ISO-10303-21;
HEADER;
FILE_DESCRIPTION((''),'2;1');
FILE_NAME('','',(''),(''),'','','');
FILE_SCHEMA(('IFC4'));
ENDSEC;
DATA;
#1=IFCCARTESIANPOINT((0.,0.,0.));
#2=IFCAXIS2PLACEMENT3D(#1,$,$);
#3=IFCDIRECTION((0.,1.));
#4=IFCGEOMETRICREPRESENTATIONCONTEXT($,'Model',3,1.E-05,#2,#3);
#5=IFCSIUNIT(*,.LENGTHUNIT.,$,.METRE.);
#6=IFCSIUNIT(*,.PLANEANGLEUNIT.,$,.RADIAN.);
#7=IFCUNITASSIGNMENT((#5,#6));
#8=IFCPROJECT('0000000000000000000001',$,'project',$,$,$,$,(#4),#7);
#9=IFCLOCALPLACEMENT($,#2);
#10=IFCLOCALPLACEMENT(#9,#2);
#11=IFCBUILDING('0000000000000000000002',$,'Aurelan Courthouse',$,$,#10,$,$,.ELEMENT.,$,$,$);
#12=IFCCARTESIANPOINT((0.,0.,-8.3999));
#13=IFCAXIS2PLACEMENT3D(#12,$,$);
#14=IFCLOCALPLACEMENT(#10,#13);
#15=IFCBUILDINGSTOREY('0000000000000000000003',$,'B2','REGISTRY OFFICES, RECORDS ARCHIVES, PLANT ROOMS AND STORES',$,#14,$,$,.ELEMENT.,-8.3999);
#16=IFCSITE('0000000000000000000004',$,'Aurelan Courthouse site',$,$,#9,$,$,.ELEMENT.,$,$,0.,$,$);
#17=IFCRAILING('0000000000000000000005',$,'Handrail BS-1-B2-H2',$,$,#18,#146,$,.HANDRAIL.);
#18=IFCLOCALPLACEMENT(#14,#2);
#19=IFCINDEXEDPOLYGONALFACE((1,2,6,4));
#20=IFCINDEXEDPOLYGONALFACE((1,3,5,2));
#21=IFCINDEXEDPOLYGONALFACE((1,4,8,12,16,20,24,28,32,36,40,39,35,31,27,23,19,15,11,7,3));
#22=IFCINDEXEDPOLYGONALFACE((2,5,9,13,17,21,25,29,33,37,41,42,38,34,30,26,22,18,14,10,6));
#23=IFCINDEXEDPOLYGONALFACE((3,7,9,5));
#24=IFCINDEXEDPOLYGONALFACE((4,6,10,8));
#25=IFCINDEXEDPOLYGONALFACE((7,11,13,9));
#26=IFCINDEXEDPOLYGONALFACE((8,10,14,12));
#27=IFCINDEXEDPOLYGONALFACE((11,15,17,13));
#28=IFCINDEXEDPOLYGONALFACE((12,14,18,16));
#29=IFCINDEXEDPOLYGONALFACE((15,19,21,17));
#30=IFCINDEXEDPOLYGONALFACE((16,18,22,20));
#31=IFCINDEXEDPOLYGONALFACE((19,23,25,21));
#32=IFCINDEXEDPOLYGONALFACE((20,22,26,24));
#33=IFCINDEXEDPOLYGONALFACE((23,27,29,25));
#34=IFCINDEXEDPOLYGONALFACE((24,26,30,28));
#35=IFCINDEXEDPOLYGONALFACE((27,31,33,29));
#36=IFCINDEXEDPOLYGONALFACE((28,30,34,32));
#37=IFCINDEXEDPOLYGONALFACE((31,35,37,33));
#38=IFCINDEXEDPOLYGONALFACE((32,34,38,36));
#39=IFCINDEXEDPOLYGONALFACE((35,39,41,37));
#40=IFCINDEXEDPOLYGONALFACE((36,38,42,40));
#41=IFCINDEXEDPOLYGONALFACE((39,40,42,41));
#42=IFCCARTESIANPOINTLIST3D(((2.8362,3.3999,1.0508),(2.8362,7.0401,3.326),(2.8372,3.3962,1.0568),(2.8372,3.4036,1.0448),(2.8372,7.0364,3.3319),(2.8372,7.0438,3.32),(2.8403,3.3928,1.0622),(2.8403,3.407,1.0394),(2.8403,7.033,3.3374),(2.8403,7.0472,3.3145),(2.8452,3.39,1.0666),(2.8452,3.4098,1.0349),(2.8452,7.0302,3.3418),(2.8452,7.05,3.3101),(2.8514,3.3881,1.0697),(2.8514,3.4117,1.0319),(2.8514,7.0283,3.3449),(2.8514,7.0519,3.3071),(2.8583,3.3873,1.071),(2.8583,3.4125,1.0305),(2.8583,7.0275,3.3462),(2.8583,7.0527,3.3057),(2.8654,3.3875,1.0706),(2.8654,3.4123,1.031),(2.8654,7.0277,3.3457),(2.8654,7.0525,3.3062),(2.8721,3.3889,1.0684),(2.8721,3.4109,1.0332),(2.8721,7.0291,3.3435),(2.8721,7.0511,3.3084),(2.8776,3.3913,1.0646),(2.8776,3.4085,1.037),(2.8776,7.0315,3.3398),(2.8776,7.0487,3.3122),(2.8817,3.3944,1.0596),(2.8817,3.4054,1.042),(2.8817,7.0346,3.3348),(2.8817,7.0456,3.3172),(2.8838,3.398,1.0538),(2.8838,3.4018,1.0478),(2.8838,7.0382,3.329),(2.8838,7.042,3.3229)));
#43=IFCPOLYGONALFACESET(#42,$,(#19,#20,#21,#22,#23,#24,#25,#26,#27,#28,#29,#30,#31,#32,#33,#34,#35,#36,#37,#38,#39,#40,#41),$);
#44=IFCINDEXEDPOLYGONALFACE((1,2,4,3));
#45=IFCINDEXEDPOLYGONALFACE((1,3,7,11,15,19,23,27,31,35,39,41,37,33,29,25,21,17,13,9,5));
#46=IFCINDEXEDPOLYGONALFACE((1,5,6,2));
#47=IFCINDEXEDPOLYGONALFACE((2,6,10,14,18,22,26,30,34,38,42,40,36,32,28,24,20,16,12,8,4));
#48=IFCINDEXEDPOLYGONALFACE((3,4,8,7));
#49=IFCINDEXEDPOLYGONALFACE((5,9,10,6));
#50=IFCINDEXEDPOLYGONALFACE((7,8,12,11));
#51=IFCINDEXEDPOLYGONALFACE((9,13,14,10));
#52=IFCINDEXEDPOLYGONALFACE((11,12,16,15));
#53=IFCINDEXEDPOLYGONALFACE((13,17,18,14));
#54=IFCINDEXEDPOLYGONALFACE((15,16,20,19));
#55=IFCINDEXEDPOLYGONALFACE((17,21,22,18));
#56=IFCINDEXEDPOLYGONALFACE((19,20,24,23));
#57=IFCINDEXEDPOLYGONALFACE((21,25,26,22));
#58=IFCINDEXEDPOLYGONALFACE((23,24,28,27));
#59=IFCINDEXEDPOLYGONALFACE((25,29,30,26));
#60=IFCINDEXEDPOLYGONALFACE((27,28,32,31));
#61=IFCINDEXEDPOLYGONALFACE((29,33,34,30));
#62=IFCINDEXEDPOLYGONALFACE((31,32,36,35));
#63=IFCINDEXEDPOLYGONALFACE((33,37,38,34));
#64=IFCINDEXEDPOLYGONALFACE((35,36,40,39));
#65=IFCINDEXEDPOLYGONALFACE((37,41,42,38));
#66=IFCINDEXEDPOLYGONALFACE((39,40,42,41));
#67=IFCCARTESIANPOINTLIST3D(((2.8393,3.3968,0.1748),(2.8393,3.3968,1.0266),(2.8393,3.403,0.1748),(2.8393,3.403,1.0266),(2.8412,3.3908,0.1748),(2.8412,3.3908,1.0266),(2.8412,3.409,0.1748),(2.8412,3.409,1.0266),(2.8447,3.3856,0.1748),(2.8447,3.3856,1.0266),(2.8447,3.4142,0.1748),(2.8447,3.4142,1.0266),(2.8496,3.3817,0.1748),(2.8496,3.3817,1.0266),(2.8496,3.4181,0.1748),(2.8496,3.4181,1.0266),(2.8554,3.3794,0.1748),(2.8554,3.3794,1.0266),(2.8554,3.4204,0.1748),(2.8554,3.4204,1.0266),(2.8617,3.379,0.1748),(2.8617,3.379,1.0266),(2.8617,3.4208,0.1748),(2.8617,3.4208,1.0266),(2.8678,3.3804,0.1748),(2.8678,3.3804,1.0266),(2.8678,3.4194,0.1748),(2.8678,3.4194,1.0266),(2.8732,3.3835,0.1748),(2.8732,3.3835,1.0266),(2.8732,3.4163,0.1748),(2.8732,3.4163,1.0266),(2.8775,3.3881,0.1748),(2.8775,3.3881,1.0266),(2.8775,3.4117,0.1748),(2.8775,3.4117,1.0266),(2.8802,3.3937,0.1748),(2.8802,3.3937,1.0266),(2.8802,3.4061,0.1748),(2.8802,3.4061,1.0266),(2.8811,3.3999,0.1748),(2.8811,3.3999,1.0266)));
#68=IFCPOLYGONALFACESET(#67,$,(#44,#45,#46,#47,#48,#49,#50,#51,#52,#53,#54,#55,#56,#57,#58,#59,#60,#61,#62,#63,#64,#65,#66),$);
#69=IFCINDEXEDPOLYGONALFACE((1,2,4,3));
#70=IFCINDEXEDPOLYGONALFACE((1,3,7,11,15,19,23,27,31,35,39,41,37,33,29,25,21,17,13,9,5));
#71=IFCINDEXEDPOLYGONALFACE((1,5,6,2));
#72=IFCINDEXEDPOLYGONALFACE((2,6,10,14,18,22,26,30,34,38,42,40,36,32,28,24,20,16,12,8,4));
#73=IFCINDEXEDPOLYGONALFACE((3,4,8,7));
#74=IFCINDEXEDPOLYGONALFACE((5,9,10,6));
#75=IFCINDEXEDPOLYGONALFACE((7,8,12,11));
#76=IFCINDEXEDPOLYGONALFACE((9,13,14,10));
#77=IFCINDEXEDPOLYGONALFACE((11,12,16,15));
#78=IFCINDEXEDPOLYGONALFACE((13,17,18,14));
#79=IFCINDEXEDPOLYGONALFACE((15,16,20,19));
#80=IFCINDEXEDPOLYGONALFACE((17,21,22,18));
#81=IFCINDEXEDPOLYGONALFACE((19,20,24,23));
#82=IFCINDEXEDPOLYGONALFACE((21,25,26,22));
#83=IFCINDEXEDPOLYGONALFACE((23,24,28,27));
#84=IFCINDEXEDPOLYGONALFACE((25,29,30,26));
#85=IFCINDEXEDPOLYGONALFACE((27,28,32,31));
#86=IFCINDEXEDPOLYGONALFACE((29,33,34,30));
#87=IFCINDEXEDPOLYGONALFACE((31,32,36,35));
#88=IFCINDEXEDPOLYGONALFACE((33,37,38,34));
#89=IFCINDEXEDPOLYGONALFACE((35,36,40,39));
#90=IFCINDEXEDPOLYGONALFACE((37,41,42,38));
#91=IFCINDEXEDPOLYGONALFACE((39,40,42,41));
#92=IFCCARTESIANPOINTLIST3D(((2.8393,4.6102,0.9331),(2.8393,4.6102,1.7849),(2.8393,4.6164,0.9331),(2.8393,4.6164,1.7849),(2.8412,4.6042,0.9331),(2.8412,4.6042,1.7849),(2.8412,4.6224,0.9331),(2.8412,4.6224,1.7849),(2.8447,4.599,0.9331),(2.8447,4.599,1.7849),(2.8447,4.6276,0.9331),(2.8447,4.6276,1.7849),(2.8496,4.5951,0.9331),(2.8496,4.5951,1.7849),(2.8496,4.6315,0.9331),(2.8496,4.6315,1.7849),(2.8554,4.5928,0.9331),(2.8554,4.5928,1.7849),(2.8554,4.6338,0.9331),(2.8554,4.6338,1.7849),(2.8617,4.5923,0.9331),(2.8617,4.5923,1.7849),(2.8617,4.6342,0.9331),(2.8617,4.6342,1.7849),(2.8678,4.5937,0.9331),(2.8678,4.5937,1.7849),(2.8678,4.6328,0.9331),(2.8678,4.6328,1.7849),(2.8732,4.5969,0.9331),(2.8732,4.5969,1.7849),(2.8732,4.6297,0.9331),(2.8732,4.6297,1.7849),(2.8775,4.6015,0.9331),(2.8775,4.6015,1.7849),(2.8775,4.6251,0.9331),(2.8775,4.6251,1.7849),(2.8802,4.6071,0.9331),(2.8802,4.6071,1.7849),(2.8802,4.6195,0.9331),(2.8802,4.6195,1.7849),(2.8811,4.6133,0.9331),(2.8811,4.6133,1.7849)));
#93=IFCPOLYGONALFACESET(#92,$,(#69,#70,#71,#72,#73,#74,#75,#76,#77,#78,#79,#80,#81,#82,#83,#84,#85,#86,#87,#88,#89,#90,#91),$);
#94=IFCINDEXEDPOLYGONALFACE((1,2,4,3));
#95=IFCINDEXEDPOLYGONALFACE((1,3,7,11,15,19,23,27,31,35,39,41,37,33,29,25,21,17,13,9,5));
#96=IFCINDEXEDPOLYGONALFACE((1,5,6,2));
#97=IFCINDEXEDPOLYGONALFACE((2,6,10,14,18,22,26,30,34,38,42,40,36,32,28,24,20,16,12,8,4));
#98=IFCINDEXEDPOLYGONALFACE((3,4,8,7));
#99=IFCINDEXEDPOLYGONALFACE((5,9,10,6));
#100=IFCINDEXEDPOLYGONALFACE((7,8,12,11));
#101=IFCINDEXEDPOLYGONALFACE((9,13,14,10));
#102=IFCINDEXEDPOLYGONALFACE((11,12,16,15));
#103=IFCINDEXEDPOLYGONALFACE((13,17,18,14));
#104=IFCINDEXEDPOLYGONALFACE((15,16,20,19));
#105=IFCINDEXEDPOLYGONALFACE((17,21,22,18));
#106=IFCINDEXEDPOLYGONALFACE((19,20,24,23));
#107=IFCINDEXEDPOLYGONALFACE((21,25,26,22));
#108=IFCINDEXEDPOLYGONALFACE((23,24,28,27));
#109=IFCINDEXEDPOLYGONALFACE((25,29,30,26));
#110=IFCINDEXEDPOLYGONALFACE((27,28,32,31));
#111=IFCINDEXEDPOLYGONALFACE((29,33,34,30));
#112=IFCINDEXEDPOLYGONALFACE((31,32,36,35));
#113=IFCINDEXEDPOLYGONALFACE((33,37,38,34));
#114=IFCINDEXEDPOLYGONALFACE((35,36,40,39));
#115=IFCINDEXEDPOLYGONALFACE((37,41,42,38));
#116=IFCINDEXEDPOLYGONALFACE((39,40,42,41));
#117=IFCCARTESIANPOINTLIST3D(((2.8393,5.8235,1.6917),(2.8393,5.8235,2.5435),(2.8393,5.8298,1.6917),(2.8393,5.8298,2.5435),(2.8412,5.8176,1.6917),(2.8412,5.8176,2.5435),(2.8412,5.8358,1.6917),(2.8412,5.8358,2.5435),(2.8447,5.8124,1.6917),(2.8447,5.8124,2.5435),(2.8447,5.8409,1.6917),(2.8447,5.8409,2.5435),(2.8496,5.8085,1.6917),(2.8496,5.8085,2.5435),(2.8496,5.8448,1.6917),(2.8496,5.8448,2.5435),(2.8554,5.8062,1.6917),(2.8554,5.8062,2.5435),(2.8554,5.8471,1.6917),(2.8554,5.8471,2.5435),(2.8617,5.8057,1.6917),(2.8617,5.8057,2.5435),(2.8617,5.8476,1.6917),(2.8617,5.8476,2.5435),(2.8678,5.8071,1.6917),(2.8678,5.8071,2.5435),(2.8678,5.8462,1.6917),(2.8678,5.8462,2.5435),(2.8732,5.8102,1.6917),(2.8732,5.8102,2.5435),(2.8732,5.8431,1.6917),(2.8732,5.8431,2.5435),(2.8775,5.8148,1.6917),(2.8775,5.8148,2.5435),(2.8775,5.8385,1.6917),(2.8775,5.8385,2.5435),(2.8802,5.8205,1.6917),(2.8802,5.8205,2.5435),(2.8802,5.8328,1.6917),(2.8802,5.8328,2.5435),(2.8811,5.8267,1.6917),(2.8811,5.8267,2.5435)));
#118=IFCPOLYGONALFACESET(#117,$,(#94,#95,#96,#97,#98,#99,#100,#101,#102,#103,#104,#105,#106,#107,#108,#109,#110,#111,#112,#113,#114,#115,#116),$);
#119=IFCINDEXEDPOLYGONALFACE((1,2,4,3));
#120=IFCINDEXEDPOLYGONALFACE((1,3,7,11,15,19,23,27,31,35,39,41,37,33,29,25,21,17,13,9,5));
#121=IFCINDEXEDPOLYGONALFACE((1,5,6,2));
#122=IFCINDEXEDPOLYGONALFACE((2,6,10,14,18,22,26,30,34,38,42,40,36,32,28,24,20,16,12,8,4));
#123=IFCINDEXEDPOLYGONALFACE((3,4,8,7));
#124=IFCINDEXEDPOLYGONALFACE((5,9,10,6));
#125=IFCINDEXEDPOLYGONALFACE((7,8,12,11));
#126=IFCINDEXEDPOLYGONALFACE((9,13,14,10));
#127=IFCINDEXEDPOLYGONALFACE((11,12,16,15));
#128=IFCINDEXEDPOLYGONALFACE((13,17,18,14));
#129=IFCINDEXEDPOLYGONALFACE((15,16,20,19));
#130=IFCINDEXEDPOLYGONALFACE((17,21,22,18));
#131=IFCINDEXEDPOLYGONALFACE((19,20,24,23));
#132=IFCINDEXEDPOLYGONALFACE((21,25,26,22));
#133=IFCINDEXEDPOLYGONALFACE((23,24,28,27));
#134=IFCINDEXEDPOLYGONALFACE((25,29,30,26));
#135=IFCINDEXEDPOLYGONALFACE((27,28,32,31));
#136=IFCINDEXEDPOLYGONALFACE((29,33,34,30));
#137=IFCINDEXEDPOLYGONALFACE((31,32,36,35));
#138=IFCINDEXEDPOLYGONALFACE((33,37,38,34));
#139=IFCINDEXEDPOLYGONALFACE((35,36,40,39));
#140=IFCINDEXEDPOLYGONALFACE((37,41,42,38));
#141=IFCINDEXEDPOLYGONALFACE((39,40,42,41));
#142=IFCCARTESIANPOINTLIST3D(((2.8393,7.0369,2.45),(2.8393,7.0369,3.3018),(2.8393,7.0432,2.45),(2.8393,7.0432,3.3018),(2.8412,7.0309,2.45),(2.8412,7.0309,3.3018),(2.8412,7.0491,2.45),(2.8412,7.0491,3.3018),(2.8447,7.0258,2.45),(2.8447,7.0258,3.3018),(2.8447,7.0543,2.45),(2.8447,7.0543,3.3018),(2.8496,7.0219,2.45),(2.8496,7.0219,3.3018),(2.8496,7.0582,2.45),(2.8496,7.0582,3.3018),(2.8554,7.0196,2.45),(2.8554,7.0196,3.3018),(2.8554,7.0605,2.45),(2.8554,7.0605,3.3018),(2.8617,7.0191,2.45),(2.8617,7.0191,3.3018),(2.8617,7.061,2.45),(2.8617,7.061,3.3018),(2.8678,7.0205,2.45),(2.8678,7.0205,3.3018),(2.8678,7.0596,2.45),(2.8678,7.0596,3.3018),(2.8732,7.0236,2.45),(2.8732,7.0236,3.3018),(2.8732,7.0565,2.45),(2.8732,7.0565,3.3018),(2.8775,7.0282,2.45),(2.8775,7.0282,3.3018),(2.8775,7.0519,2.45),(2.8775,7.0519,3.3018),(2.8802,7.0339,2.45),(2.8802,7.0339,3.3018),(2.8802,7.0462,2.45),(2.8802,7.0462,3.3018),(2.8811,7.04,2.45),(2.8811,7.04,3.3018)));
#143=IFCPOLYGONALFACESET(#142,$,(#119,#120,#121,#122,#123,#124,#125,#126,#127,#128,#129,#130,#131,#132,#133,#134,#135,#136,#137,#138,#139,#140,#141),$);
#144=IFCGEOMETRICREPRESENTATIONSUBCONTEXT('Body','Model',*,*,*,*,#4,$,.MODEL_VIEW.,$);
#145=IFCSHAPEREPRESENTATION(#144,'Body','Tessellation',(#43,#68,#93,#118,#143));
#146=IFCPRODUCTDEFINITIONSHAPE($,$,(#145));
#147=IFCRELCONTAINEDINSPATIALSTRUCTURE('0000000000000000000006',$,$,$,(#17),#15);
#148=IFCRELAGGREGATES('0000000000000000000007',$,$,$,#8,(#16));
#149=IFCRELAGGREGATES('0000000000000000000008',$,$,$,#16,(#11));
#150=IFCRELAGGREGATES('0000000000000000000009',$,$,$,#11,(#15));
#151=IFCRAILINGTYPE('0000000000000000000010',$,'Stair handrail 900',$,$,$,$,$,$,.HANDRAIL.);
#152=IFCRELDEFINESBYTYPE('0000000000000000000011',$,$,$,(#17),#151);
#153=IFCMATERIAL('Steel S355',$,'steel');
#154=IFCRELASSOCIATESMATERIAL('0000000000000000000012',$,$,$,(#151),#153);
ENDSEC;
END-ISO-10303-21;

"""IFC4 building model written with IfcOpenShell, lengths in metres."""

from ifc_helpers import new_model, si_unit, direction, frame, origin, origin_2d, place, context, subcontext, project, spatial, circle, extrude, material, type_object, element, save


model = new_model("IFC4")

# Units and contexts
model_context = context("Model", 3, precision=1e-05, world=origin(), true_north=direction((0.0, 1.0)))
body_context = subcontext(model_context, "Body", "Model", "MODEL_VIEW")
ifc_project = project(units=[si_unit("LENGTHUNIT", "METRE"), si_unit("PLANEANGLEUNIT", "RADIAN")], contexts=[model_context])

# Site, building, storey
site_placement = place(None, origin())
site = spatial("IfcSite", under=ifc_project, at=site_placement, Name="Aurelan Courthouse site", CompositionType="ELEMENT", RefElevation=0.0)
building_placement = place(site_placement, origin())
building = spatial("IfcBuilding", under=site, at=building_placement, Name="Aurelan Courthouse", CompositionType="ELEMENT")
storey_placement = place(building_placement, frame((0.0, 0.0, -8.3999)))
storey = spatial("IfcBuildingStorey", under=building, at=storey_placement, Name="B2", Description="REGISTRY OFFICES, RECORDS ARCHIVES, PLANT ROOMS AND STORES", CompositionType="ELEMENT", Elevation=-8.3999)

# Railing
ifc_material_1 = material(Name="Steel S355", Category="steel")
railing_type = type_object("IfcRailingType", Name="Stair handrail 900", PredefinedType="HANDRAIL", material=ifc_material_1)
for number, where, name in (
    (1, (2.8601, 3.3999, 0.1748), "Handrail BS-1-B2-H2"),
):
    element("IfcRailing", number, at=place(storey_placement, frame(where)), inside=storey, type_object=railing_type, Name=name, PredefinedType="HANDRAIL", context=body_context, shape_type="SweptSolid", body=[
        extrude(circle(Radius=0.0239, at=origin_2d()), frame((0.0, 0.0, 0.876), z_axis=(0.0, 0.847992, 0.530009), x_axis=(-1.0, 0.0, 0.0)), (0.0, 0.0, 1.0), 4.2927),
        extrude(circle(Radius=0.021, at=origin_2d()), origin(), (0.0, 0.0, 1.0), 0.8518),
        extrude(circle(Radius=0.021, at=origin_2d()), frame((0.0, 1.2134, 0.7583)), (0.0, 0.0, 1.0), 0.8518),
        extrude(circle(Radius=0.021, at=origin_2d()), frame((0.0, 2.4268, 1.5168)), (0.0, 0.0, 1.0), 0.8518),
        extrude(circle(Radius=0.021, at=origin_2d()), frame((0.0, 3.6401, 2.2751)), (0.0, 0.0, 1.0), 0.8518),
    ])

save(model, "model.ifc")
